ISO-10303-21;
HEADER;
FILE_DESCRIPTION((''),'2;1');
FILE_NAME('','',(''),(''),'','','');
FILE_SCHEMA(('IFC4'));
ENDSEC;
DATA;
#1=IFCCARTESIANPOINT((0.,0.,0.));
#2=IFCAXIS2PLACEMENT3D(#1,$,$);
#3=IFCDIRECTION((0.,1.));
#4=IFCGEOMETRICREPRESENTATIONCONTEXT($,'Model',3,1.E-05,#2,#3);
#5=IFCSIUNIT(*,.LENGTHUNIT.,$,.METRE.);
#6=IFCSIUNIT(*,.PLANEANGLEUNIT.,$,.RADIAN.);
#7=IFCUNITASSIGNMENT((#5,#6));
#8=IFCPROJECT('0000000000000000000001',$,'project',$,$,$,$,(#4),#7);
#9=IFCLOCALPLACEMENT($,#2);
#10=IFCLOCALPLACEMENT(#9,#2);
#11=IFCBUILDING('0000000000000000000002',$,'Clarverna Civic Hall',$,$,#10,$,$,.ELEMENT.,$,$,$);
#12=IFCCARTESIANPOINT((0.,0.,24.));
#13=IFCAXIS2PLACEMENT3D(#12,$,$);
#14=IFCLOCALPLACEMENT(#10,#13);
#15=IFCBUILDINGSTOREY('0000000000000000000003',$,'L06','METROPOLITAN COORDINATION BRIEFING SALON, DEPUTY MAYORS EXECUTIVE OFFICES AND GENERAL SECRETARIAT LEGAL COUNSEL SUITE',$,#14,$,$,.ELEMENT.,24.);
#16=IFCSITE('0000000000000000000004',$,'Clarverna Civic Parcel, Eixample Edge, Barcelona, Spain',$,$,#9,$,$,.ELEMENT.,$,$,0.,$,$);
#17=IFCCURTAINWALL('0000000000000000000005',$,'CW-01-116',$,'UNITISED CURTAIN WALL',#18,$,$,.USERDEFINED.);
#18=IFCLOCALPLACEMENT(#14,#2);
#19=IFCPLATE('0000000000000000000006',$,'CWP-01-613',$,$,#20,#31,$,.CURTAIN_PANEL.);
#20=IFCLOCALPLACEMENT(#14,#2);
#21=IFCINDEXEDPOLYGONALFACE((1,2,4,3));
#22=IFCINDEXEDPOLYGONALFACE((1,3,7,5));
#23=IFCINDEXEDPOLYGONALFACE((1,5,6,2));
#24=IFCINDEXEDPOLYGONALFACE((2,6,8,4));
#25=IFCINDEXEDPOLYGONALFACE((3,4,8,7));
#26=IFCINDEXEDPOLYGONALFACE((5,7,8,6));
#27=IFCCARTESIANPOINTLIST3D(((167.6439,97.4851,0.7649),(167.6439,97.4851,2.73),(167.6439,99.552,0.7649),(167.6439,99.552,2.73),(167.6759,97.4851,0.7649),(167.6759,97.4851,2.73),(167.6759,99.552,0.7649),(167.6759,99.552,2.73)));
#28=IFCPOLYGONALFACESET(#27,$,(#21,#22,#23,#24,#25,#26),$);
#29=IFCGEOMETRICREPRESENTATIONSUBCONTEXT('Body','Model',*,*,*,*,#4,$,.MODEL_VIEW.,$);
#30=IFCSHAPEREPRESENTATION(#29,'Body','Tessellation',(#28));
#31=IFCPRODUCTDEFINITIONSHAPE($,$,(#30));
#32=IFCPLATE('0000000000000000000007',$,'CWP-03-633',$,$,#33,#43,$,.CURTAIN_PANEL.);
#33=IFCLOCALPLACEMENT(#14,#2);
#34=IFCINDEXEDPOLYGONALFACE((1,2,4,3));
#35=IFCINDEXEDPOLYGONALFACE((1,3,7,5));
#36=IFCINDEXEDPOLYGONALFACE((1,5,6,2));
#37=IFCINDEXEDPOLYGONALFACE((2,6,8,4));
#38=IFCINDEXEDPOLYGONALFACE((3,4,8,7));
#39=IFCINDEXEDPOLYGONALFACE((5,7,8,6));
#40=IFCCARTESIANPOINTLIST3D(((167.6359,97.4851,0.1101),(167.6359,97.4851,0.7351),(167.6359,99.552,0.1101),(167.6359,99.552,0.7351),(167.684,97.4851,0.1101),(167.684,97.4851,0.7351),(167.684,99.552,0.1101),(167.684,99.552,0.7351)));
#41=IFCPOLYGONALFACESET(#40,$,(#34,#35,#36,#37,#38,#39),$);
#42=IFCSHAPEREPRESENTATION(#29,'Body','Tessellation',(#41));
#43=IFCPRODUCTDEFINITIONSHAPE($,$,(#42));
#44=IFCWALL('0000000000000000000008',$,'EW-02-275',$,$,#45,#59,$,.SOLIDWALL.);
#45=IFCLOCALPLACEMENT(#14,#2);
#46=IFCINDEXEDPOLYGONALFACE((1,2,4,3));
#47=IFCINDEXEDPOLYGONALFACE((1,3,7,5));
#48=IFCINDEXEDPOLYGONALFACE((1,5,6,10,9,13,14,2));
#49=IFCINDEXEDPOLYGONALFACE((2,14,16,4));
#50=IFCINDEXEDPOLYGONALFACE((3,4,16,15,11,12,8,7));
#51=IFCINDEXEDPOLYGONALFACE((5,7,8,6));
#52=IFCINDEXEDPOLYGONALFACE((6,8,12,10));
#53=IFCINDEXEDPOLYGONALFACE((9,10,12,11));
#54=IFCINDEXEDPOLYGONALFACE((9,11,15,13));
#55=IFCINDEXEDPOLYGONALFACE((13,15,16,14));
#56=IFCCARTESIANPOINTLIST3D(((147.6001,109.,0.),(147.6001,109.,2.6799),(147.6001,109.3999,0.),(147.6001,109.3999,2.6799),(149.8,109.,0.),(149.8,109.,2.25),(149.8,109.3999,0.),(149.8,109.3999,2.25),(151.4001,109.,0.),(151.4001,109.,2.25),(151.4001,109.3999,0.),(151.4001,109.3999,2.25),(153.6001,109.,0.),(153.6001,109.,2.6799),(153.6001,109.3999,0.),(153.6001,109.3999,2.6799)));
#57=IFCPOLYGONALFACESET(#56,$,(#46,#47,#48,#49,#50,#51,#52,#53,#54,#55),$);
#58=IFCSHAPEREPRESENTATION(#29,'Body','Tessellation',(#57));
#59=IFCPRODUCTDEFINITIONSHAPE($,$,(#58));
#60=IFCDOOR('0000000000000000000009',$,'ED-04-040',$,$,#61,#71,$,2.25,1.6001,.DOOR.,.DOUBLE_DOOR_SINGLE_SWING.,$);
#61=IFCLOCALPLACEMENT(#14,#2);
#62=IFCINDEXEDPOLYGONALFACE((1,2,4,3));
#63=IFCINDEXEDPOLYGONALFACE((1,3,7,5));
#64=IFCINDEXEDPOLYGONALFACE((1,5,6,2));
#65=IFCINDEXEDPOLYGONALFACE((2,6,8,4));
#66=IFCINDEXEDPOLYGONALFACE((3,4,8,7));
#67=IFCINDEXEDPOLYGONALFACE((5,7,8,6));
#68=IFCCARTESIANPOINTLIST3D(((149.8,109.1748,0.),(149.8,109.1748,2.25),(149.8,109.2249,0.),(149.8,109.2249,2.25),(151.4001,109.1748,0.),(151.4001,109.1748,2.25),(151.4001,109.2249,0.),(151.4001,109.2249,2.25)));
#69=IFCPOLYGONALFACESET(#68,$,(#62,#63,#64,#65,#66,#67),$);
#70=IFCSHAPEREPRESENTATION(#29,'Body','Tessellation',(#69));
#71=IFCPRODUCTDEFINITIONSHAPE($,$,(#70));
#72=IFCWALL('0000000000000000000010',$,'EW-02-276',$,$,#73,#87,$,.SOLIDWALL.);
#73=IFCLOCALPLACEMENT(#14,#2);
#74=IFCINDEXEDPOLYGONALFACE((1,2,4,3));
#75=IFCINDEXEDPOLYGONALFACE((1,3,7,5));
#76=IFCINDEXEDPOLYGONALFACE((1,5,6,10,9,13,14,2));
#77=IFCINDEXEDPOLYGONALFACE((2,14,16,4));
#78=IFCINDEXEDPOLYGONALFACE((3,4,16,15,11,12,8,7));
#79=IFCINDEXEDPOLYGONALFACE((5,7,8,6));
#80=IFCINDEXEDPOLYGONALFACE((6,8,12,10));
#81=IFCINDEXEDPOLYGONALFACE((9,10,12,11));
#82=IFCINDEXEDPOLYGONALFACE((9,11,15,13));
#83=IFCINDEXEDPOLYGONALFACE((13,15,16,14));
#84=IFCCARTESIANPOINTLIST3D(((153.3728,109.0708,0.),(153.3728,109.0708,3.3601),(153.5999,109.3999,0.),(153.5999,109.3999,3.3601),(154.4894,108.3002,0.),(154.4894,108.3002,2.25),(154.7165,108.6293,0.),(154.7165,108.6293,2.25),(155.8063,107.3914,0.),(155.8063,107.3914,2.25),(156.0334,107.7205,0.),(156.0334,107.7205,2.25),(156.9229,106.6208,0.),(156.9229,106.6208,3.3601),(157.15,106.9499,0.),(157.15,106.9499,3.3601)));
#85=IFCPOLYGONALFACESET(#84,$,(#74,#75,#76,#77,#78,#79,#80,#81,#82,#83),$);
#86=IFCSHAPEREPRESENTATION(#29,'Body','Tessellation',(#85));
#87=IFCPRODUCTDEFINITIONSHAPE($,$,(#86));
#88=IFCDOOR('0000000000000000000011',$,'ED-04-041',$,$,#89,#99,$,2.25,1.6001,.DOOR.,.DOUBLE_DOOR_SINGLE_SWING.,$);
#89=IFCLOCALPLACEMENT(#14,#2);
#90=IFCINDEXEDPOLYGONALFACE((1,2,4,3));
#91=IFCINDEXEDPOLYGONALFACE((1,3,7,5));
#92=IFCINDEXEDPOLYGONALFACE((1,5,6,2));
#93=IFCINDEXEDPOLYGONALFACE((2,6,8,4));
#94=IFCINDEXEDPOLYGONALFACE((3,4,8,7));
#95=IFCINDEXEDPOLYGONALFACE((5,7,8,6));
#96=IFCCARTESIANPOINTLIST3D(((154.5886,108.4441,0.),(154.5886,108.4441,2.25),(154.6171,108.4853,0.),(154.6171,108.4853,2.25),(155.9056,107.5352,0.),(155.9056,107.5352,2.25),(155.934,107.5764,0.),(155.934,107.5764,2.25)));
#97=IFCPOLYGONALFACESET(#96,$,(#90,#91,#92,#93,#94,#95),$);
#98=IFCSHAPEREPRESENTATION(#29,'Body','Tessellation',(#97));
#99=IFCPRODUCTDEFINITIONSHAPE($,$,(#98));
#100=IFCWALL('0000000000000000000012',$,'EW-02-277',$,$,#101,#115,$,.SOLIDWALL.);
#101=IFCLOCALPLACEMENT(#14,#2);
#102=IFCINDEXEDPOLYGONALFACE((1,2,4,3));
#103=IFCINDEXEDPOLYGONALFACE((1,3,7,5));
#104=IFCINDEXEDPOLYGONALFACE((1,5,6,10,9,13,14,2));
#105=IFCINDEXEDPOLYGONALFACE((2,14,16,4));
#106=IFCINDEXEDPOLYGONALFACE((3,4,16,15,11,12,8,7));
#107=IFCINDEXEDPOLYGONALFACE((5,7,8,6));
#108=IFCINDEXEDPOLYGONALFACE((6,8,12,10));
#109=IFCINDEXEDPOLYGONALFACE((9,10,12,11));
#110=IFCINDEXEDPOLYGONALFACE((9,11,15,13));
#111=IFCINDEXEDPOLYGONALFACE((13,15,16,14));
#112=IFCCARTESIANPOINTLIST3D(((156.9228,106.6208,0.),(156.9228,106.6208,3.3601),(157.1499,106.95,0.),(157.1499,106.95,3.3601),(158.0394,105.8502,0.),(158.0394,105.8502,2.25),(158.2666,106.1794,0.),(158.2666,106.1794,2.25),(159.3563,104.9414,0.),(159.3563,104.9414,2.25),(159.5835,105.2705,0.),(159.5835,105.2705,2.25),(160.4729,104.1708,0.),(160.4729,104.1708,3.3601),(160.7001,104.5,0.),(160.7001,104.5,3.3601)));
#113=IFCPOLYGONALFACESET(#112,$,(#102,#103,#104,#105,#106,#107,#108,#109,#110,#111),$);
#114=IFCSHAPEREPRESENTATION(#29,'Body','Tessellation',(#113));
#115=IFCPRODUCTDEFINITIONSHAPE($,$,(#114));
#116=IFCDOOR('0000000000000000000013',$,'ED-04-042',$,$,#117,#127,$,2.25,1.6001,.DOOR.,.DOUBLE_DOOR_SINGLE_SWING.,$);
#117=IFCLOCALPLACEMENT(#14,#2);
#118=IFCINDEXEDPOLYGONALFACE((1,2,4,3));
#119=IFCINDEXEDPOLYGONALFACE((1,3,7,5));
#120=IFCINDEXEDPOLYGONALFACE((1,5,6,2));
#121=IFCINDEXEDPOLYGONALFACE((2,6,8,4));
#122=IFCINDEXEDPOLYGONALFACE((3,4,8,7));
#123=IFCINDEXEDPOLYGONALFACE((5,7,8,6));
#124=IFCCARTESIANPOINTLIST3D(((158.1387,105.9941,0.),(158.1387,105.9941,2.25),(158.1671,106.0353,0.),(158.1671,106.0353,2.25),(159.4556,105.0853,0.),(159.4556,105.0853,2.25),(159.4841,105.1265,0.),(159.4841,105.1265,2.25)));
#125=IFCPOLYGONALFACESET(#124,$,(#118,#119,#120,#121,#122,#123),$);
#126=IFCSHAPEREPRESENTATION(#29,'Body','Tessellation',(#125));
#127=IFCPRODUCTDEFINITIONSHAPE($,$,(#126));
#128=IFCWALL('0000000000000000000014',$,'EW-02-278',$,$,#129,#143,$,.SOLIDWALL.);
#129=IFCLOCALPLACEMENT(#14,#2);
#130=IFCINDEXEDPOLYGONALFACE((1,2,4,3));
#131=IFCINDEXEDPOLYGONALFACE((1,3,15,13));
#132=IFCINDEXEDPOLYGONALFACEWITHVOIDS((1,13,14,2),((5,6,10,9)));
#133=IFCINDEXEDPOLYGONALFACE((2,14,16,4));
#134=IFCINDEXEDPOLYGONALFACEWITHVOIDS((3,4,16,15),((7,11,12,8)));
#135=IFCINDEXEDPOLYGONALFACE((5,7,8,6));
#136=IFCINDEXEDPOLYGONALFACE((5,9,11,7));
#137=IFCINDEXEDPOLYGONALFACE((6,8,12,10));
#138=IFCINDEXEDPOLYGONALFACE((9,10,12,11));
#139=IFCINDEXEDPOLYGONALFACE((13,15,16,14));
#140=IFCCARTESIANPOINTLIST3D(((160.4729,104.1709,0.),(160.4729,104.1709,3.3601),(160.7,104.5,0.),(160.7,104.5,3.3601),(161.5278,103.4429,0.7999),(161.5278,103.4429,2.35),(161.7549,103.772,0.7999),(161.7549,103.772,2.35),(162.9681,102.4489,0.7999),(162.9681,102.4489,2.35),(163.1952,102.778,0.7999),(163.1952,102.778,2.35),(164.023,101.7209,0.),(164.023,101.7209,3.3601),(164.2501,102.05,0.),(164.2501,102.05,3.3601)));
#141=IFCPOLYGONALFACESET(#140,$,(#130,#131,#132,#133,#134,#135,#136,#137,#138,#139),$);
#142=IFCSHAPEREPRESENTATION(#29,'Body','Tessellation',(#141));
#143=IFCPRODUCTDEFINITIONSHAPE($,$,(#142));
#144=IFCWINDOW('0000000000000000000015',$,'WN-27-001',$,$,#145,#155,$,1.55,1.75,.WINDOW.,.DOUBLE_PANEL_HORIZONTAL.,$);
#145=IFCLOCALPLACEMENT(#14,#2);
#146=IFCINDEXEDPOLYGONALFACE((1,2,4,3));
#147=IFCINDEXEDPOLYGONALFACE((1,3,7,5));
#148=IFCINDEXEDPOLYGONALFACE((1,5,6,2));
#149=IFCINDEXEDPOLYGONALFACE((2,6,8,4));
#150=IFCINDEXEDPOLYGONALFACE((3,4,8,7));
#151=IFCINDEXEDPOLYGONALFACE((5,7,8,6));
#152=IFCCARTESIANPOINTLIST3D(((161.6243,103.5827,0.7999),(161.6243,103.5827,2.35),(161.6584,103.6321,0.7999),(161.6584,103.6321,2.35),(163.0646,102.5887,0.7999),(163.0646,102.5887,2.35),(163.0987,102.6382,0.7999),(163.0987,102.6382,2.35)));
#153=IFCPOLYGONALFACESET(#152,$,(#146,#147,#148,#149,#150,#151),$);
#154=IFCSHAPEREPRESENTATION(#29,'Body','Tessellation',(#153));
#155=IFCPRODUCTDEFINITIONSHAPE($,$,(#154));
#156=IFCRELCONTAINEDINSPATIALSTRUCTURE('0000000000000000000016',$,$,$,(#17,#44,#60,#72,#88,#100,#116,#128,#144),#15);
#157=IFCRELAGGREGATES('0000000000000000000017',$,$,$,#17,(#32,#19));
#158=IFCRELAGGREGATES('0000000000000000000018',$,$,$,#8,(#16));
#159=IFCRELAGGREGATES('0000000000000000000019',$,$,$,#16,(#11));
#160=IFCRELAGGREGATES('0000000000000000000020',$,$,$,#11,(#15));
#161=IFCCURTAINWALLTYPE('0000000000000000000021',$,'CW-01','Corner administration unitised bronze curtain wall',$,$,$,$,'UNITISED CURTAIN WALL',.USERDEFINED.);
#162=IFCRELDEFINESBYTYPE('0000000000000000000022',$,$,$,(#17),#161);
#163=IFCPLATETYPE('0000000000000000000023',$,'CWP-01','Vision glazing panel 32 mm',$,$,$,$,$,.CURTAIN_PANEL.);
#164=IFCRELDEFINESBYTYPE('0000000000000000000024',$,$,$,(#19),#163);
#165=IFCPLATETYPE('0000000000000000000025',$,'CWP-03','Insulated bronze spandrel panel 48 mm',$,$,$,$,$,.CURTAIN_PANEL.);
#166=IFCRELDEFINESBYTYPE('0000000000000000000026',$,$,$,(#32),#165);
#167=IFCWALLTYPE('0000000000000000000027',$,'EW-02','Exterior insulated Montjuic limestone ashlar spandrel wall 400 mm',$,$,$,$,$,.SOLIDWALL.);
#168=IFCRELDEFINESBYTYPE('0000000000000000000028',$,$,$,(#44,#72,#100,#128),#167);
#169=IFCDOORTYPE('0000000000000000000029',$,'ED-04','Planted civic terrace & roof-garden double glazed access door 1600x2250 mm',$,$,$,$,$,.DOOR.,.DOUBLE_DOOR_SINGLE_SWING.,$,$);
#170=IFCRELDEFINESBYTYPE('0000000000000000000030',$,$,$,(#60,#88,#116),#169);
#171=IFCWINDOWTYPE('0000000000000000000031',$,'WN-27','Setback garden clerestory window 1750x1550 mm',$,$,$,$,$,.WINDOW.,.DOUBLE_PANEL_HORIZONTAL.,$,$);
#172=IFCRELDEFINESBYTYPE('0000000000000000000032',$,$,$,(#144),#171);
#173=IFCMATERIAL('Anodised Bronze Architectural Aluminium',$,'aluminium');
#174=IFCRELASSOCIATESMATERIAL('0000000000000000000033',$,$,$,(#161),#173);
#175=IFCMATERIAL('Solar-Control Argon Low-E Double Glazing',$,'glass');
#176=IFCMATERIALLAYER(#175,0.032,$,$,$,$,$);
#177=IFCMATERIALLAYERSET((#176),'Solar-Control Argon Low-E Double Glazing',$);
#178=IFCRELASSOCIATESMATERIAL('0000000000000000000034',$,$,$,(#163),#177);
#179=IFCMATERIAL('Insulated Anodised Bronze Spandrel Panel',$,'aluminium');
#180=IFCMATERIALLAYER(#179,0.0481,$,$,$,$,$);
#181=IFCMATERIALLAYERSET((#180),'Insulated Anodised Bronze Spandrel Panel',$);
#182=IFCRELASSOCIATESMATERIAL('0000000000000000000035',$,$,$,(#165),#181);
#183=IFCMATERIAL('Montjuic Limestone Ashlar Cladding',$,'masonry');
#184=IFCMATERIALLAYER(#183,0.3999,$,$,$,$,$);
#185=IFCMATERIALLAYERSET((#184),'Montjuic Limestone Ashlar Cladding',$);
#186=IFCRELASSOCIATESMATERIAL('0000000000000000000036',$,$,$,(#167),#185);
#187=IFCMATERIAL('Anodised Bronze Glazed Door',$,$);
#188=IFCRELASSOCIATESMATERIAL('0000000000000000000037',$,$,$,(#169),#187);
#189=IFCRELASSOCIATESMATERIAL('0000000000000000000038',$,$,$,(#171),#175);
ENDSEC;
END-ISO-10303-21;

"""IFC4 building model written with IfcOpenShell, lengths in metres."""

from ifc_helpers import new_model, si_unit, direction, frame, frame_2d, origin, place, context, subcontext, project, spatial, rectangle, extrude, material, layer, layer_set, type_object, element, fill, aggregate, save


model = new_model("IFC4")

# Units and contexts
model_context = context("Model", 3, precision=1e-05, world=origin(), true_north=direction((0.0, 1.0)))
body_context = subcontext(model_context, "Body", "Model", "MODEL_VIEW")
ifc_project = project(units=[si_unit("LENGTHUNIT", "METRE"), si_unit("PLANEANGLEUNIT", "RADIAN")], contexts=[model_context])

# Site, building, storey
site_placement = place(None, origin())
site = spatial("IfcSite", under=ifc_project, at=site_placement, Name="Clarverna Civic Parcel, Eixample Edge, Barcelona, Spain", CompositionType="ELEMENT", RefElevation=0.0)
building_placement = place(site_placement, origin())
building = spatial("IfcBuilding", under=site, at=building_placement, Name="Clarverna Civic Hall", CompositionType="ELEMENT")
storey_placement = place(building_placement, frame((0.0, 0.0, 24.0)))
storey = spatial("IfcBuildingStorey", under=building, at=storey_placement, Name="L06", Description="METROPOLITAN COORDINATION BRIEFING SALON, DEPUTY MAYORS EXECUTIVE OFFICES AND GENERAL SECRETARIAT LEGAL COUNSEL SUITE", CompositionType="ELEMENT", Elevation=24.0)

# Curtain wall, plates
ifc_material_1 = material(Name="Anodised Bronze Architectural Aluminium", Category="aluminium")
curtain_wall_type = type_object("IfcCurtainWallType", Name="CW-01", Description="Corner administration unitised bronze curtain wall", ElementType="UNITISED CURTAIN WALL", PredefinedType="USERDEFINED", material=ifc_material_1)
curtain_wall_placement = place(storey_placement, origin())
curtain_wall = element("IfcCurtainWall", 1, at=curtain_wall_placement, inside=storey, type_object=curtain_wall_type, Name="CW-01-116", ObjectType="UNITISED CURTAIN WALL", PredefinedType="USERDEFINED")
ifc_material_2 = material(Name="Solar-Control Argon Low-E Double Glazing", Category="glass")
ifc_layer_1 = layer(ifc_material_2, 0.032)
ifc_layer_set_1 = layer_set([ifc_layer_1], Name="Solar-Control Argon Low-E Double Glazing")
plate_type_1 = type_object("IfcPlateType", Name="CWP-01", Description="Vision glazing panel 32 mm", PredefinedType="CURTAIN_PANEL", material=ifc_layer_set_1)
plate_1_placement = place(storey_placement, frame((167.6599, 99.552, 0.7649), z_axis=(0.0, 0.0, 1.0), x_axis=(0.0, -1.0, 0.0)))
plate_1 = element("IfcPlate", 2, at=plate_1_placement, type_object=plate_type_1, Name="CWP-01-613", PredefinedType="CURTAIN_PANEL", context=body_context, shape_type="SweptSolid", body=[
    extrude(rectangle(XDim=2.0669, YDim=0.032, at=frame_2d((1.0334, 0.0))), origin(), (0.0, 0.0, 1.0), 1.9651),
])
ifc_material_3 = material(Name="Insulated Anodised Bronze Spandrel Panel", Category="aluminium")
ifc_layer_2 = layer(ifc_material_3, 0.0481)
ifc_layer_set_2 = layer_set([ifc_layer_2], Name="Insulated Anodised Bronze Spandrel Panel")
plate_type_2 = type_object("IfcPlateType", Name="CWP-03", Description="Insulated bronze spandrel panel 48 mm", PredefinedType="CURTAIN_PANEL", material=ifc_layer_set_2)
plate_2_placement = place(storey_placement, frame((167.6599, 99.552, 0.1101), z_axis=(0.0, 0.0, 1.0), x_axis=(0.0, -1.0, 0.0)))
plate_2 = element("IfcPlate", 3, at=plate_2_placement, type_object=plate_type_2, Name="CWP-03-633", PredefinedType="CURTAIN_PANEL", context=body_context, shape_type="SweptSolid", body=[
    extrude(rectangle(XDim=2.0669, YDim=0.0481, at=frame_2d((1.0334, 0.0))), origin(), (0.0, 0.0, 1.0), 0.625),
])
aggregate(curtain_wall, [plate_2, plate_1])

# Walls, openings, doors
ifc_material_4 = material(Name="Montjuic Limestone Ashlar Cladding", Category="masonry")
ifc_layer_3 = layer(ifc_material_4, 0.3999)
ifc_layer_set_3 = layer_set([ifc_layer_3], Name="Montjuic Limestone Ashlar Cladding")
wall_type = type_object("IfcWallType", Name="EW-02", Description="Exterior insulated Montjuic limestone ashlar spandrel wall 400 mm", PredefinedType="SOLIDWALL", material=ifc_layer_set_3)
wall_1_placement = place(storey_placement, frame((147.6001, 109.2, 0.0), z_axis=(0.0, 0.0, 1.0), x_axis=(1.0, 0.0, 0.0)))
wall_1 = element("IfcWall", 4, at=wall_1_placement, inside=storey, type_object=wall_type, Name="EW-02-275", PredefinedType="SOLIDWALL", context=body_context, shape_type="SweptSolid", body=[
    extrude(rectangle(XDim=6.0, YDim=0.3999, at=frame_2d((3.0, 0.0))), origin(), (0.0, 0.0, 1.0), 2.6799),
])
opening_1_placement = place(wall_1_placement, frame((2.2, 0.0, 0.0)))
opening_1 = element("IfcOpeningElement", 5, at=opening_1_placement, cuts=wall_1, PredefinedType="OPENING", context=body_context, shape_type="SweptSolid", body=[
    extrude(rectangle(XDim=1.6001, YDim=2.25, at=frame_2d((0.8, 1.125))), frame((0.0, 0.21, 0.0), z_axis=(0.0, -1.0, 0.0), x_axis=(1.0, 0.0, 0.0)), (0.0, 0.0, 1.0), 0.4199),
])
ifc_material_5 = material(Name="Anodised Bronze Glazed Door")
door_type = type_object("IfcDoorType", Name="ED-04", Description="Planted civic terrace & roof-garden double glazed access door 1600x2250 mm", OperationType="DOUBLE_DOOR_SINGLE_SWING", PredefinedType="DOOR", material=ifc_material_5)
door_1_placement = place(opening_1_placement, origin())
door_1 = element("IfcDoor", 6, at=door_1_placement, inside=storey, type_object=door_type, Name="ED-04-040", OperationType="DOUBLE_DOOR_SINGLE_SWING", OverallHeight=2.25, OverallWidth=1.6001, PredefinedType="DOOR", context=body_context, shape_type="SweptSolid", body=[
    extrude(rectangle(XDim=1.6001, YDim=2.25, at=frame_2d((0.8, 1.125))), frame((0.0, 0.0249, 0.0), z_axis=(0.0, -1.0, 0.0), x_axis=(1.0, 0.0, 0.0)), (0.0, 0.0, 1.0), 0.05),
])
fill(opening_1, door_1)
wall_2_placement = place(storey_placement, frame((153.4863, 109.2354, 0.0), z_axis=(0.0, 0.0, 1.0), x_axis=(0.823035, -0.567991, 0.0)))
wall_2 = element("IfcWall", 7, at=wall_2_placement, inside=storey, type_object=wall_type, Name="EW-02-276", PredefinedType="SOLIDWALL", context=body_context, shape_type="SweptSolid", body=[
    extrude(rectangle(XDim=4.3135, YDim=0.3999, at=frame_2d((2.1567, 0.0))), origin(), (0.0, 0.0, 1.0), 3.3601),
])
opening_2_placement = place(wall_2_placement, frame((1.3567, 0.0, 0.0)))
opening_2 = element("IfcOpeningElement", 8, at=opening_2_placement, cuts=wall_2, PredefinedType="OPENING", context=body_context, shape_type="SweptSolid", body=[
    extrude(rectangle(XDim=1.6001, YDim=2.25, at=frame_2d((0.8, 1.125))), frame((0.0, 0.21, 0.0), z_axis=(0.0, -1.0, 0.0), x_axis=(1.0, 0.0, 0.0)), (0.0, 0.0, 1.0), 0.4199),
])
door_2_placement = place(opening_2_placement, origin())
door_2 = element("IfcDoor", 9, at=door_2_placement, inside=storey, type_object=door_type, Name="ED-04-041", OperationType="DOUBLE_DOOR_SINGLE_SWING", OverallHeight=2.25, OverallWidth=1.6001, PredefinedType="DOOR", context=body_context, shape_type="SweptSolid", body=[
    extrude(rectangle(XDim=1.6001, YDim=2.25, at=frame_2d((0.8, 1.125))), frame((0.0, 0.0249, 0.0), z_axis=(0.0, -1.0, 0.0), x_axis=(1.0, 0.0, 0.0)), (0.0, 0.0, 1.0), 0.05),
])
fill(opening_2, door_2)
wall_3_placement = place(storey_placement, frame((157.0364, 106.7854, 0.0), z_axis=(0.0, 0.0, 1.0), x_axis=(0.823035, -0.567991, 0.0)))
wall_3 = element("IfcWall", 10, at=wall_3_placement, inside=storey, type_object=wall_type, Name="EW-02-277", PredefinedType="SOLIDWALL", context=body_context, shape_type="SweptSolid", body=[
    extrude(rectangle(XDim=4.3135, YDim=0.3999, at=frame_2d((2.1567, 0.0))), origin(), (0.0, 0.0, 1.0), 3.3601),
])
opening_3_placement = place(wall_3_placement, frame((1.3567, 0.0, 0.0)))
opening_3 = element("IfcOpeningElement", 11, at=opening_3_placement, cuts=wall_3, PredefinedType="OPENING", context=body_context, shape_type="SweptSolid", body=[
    extrude(rectangle(XDim=1.6001, YDim=2.25, at=frame_2d((0.8, 1.125))), frame((0.0, 0.21, 0.0), z_axis=(0.0, -1.0, 0.0), x_axis=(1.0, 0.0, 0.0)), (0.0, 0.0, 1.0), 0.4199),
])
door_3_placement = place(opening_3_placement, origin())
door_3 = element("IfcDoor", 12, at=door_3_placement, inside=storey, type_object=door_type, Name="ED-04-042", OperationType="DOUBLE_DOOR_SINGLE_SWING", OverallHeight=2.25, OverallWidth=1.6001, PredefinedType="DOOR", context=body_context, shape_type="SweptSolid", body=[
    extrude(rectangle(XDim=1.6001, YDim=2.25, at=frame_2d((0.8, 1.125))), frame((0.0, 0.0249, 0.0), z_axis=(0.0, -1.0, 0.0), x_axis=(1.0, 0.0, 0.0)), (0.0, 0.0, 1.0), 0.05),
])
fill(opening_3, door_3)

# Wall, opening, window
wall_4_placement = place(storey_placement, frame((160.5864, 104.3354, 0.0), z_axis=(0.0, 0.0, 1.0), x_axis=(0.823035, -0.567991, 0.0)))
wall_4 = element("IfcWall", 13, at=wall_4_placement, inside=storey, type_object=wall_type, Name="EW-02-278", PredefinedType="SOLIDWALL", context=body_context, shape_type="SweptSolid", body=[
    extrude(rectangle(XDim=4.3135, YDim=0.3999, at=frame_2d((2.1567, 0.0))), origin(), (0.0, 0.0, 1.0), 3.3601),
])
opening_4_placement = place(wall_4_placement, frame((1.2817, 0.0, 0.8)))
opening_4 = element("IfcOpeningElement", 14, at=opening_4_placement, cuts=wall_4, PredefinedType="OPENING", context=body_context, shape_type="SweptSolid", body=[
    extrude(rectangle(XDim=1.75, YDim=1.55, at=frame_2d((0.875, 0.7749))), frame((0.0, 0.21, 0.0), z_axis=(0.0, -1.0, 0.0), x_axis=(1.0, 0.0, 0.0)), (0.0, 0.0, 1.0), 0.4199),
])
window_type = type_object("IfcWindowType", Name="WN-27", Description="Setback garden clerestory window 1750x1550 mm", PartitioningType="DOUBLE_PANEL_HORIZONTAL", PredefinedType="WINDOW", material=ifc_material_2)
window_placement = place(opening_4_placement, origin())
window = element("IfcWindow", 15, at=window_placement, inside=storey, type_object=window_type, Name="WN-27-001", OverallHeight=1.55, OverallWidth=1.75, PartitioningType="DOUBLE_PANEL_HORIZONTAL", PredefinedType="WINDOW", context=body_context, shape_type="SweptSolid", body=[
    extrude(rectangle(XDim=1.75, YDim=1.55, at=frame_2d((0.875, 0.7749))), frame((0.0, 0.03, 0.0), z_axis=(0.0, -1.0, 0.0), x_axis=(1.0, 0.0, 0.0)), (0.0, 0.0, 1.0), 0.0601),
])
fill(opening_4, window)

save(model, "model.ifc")
